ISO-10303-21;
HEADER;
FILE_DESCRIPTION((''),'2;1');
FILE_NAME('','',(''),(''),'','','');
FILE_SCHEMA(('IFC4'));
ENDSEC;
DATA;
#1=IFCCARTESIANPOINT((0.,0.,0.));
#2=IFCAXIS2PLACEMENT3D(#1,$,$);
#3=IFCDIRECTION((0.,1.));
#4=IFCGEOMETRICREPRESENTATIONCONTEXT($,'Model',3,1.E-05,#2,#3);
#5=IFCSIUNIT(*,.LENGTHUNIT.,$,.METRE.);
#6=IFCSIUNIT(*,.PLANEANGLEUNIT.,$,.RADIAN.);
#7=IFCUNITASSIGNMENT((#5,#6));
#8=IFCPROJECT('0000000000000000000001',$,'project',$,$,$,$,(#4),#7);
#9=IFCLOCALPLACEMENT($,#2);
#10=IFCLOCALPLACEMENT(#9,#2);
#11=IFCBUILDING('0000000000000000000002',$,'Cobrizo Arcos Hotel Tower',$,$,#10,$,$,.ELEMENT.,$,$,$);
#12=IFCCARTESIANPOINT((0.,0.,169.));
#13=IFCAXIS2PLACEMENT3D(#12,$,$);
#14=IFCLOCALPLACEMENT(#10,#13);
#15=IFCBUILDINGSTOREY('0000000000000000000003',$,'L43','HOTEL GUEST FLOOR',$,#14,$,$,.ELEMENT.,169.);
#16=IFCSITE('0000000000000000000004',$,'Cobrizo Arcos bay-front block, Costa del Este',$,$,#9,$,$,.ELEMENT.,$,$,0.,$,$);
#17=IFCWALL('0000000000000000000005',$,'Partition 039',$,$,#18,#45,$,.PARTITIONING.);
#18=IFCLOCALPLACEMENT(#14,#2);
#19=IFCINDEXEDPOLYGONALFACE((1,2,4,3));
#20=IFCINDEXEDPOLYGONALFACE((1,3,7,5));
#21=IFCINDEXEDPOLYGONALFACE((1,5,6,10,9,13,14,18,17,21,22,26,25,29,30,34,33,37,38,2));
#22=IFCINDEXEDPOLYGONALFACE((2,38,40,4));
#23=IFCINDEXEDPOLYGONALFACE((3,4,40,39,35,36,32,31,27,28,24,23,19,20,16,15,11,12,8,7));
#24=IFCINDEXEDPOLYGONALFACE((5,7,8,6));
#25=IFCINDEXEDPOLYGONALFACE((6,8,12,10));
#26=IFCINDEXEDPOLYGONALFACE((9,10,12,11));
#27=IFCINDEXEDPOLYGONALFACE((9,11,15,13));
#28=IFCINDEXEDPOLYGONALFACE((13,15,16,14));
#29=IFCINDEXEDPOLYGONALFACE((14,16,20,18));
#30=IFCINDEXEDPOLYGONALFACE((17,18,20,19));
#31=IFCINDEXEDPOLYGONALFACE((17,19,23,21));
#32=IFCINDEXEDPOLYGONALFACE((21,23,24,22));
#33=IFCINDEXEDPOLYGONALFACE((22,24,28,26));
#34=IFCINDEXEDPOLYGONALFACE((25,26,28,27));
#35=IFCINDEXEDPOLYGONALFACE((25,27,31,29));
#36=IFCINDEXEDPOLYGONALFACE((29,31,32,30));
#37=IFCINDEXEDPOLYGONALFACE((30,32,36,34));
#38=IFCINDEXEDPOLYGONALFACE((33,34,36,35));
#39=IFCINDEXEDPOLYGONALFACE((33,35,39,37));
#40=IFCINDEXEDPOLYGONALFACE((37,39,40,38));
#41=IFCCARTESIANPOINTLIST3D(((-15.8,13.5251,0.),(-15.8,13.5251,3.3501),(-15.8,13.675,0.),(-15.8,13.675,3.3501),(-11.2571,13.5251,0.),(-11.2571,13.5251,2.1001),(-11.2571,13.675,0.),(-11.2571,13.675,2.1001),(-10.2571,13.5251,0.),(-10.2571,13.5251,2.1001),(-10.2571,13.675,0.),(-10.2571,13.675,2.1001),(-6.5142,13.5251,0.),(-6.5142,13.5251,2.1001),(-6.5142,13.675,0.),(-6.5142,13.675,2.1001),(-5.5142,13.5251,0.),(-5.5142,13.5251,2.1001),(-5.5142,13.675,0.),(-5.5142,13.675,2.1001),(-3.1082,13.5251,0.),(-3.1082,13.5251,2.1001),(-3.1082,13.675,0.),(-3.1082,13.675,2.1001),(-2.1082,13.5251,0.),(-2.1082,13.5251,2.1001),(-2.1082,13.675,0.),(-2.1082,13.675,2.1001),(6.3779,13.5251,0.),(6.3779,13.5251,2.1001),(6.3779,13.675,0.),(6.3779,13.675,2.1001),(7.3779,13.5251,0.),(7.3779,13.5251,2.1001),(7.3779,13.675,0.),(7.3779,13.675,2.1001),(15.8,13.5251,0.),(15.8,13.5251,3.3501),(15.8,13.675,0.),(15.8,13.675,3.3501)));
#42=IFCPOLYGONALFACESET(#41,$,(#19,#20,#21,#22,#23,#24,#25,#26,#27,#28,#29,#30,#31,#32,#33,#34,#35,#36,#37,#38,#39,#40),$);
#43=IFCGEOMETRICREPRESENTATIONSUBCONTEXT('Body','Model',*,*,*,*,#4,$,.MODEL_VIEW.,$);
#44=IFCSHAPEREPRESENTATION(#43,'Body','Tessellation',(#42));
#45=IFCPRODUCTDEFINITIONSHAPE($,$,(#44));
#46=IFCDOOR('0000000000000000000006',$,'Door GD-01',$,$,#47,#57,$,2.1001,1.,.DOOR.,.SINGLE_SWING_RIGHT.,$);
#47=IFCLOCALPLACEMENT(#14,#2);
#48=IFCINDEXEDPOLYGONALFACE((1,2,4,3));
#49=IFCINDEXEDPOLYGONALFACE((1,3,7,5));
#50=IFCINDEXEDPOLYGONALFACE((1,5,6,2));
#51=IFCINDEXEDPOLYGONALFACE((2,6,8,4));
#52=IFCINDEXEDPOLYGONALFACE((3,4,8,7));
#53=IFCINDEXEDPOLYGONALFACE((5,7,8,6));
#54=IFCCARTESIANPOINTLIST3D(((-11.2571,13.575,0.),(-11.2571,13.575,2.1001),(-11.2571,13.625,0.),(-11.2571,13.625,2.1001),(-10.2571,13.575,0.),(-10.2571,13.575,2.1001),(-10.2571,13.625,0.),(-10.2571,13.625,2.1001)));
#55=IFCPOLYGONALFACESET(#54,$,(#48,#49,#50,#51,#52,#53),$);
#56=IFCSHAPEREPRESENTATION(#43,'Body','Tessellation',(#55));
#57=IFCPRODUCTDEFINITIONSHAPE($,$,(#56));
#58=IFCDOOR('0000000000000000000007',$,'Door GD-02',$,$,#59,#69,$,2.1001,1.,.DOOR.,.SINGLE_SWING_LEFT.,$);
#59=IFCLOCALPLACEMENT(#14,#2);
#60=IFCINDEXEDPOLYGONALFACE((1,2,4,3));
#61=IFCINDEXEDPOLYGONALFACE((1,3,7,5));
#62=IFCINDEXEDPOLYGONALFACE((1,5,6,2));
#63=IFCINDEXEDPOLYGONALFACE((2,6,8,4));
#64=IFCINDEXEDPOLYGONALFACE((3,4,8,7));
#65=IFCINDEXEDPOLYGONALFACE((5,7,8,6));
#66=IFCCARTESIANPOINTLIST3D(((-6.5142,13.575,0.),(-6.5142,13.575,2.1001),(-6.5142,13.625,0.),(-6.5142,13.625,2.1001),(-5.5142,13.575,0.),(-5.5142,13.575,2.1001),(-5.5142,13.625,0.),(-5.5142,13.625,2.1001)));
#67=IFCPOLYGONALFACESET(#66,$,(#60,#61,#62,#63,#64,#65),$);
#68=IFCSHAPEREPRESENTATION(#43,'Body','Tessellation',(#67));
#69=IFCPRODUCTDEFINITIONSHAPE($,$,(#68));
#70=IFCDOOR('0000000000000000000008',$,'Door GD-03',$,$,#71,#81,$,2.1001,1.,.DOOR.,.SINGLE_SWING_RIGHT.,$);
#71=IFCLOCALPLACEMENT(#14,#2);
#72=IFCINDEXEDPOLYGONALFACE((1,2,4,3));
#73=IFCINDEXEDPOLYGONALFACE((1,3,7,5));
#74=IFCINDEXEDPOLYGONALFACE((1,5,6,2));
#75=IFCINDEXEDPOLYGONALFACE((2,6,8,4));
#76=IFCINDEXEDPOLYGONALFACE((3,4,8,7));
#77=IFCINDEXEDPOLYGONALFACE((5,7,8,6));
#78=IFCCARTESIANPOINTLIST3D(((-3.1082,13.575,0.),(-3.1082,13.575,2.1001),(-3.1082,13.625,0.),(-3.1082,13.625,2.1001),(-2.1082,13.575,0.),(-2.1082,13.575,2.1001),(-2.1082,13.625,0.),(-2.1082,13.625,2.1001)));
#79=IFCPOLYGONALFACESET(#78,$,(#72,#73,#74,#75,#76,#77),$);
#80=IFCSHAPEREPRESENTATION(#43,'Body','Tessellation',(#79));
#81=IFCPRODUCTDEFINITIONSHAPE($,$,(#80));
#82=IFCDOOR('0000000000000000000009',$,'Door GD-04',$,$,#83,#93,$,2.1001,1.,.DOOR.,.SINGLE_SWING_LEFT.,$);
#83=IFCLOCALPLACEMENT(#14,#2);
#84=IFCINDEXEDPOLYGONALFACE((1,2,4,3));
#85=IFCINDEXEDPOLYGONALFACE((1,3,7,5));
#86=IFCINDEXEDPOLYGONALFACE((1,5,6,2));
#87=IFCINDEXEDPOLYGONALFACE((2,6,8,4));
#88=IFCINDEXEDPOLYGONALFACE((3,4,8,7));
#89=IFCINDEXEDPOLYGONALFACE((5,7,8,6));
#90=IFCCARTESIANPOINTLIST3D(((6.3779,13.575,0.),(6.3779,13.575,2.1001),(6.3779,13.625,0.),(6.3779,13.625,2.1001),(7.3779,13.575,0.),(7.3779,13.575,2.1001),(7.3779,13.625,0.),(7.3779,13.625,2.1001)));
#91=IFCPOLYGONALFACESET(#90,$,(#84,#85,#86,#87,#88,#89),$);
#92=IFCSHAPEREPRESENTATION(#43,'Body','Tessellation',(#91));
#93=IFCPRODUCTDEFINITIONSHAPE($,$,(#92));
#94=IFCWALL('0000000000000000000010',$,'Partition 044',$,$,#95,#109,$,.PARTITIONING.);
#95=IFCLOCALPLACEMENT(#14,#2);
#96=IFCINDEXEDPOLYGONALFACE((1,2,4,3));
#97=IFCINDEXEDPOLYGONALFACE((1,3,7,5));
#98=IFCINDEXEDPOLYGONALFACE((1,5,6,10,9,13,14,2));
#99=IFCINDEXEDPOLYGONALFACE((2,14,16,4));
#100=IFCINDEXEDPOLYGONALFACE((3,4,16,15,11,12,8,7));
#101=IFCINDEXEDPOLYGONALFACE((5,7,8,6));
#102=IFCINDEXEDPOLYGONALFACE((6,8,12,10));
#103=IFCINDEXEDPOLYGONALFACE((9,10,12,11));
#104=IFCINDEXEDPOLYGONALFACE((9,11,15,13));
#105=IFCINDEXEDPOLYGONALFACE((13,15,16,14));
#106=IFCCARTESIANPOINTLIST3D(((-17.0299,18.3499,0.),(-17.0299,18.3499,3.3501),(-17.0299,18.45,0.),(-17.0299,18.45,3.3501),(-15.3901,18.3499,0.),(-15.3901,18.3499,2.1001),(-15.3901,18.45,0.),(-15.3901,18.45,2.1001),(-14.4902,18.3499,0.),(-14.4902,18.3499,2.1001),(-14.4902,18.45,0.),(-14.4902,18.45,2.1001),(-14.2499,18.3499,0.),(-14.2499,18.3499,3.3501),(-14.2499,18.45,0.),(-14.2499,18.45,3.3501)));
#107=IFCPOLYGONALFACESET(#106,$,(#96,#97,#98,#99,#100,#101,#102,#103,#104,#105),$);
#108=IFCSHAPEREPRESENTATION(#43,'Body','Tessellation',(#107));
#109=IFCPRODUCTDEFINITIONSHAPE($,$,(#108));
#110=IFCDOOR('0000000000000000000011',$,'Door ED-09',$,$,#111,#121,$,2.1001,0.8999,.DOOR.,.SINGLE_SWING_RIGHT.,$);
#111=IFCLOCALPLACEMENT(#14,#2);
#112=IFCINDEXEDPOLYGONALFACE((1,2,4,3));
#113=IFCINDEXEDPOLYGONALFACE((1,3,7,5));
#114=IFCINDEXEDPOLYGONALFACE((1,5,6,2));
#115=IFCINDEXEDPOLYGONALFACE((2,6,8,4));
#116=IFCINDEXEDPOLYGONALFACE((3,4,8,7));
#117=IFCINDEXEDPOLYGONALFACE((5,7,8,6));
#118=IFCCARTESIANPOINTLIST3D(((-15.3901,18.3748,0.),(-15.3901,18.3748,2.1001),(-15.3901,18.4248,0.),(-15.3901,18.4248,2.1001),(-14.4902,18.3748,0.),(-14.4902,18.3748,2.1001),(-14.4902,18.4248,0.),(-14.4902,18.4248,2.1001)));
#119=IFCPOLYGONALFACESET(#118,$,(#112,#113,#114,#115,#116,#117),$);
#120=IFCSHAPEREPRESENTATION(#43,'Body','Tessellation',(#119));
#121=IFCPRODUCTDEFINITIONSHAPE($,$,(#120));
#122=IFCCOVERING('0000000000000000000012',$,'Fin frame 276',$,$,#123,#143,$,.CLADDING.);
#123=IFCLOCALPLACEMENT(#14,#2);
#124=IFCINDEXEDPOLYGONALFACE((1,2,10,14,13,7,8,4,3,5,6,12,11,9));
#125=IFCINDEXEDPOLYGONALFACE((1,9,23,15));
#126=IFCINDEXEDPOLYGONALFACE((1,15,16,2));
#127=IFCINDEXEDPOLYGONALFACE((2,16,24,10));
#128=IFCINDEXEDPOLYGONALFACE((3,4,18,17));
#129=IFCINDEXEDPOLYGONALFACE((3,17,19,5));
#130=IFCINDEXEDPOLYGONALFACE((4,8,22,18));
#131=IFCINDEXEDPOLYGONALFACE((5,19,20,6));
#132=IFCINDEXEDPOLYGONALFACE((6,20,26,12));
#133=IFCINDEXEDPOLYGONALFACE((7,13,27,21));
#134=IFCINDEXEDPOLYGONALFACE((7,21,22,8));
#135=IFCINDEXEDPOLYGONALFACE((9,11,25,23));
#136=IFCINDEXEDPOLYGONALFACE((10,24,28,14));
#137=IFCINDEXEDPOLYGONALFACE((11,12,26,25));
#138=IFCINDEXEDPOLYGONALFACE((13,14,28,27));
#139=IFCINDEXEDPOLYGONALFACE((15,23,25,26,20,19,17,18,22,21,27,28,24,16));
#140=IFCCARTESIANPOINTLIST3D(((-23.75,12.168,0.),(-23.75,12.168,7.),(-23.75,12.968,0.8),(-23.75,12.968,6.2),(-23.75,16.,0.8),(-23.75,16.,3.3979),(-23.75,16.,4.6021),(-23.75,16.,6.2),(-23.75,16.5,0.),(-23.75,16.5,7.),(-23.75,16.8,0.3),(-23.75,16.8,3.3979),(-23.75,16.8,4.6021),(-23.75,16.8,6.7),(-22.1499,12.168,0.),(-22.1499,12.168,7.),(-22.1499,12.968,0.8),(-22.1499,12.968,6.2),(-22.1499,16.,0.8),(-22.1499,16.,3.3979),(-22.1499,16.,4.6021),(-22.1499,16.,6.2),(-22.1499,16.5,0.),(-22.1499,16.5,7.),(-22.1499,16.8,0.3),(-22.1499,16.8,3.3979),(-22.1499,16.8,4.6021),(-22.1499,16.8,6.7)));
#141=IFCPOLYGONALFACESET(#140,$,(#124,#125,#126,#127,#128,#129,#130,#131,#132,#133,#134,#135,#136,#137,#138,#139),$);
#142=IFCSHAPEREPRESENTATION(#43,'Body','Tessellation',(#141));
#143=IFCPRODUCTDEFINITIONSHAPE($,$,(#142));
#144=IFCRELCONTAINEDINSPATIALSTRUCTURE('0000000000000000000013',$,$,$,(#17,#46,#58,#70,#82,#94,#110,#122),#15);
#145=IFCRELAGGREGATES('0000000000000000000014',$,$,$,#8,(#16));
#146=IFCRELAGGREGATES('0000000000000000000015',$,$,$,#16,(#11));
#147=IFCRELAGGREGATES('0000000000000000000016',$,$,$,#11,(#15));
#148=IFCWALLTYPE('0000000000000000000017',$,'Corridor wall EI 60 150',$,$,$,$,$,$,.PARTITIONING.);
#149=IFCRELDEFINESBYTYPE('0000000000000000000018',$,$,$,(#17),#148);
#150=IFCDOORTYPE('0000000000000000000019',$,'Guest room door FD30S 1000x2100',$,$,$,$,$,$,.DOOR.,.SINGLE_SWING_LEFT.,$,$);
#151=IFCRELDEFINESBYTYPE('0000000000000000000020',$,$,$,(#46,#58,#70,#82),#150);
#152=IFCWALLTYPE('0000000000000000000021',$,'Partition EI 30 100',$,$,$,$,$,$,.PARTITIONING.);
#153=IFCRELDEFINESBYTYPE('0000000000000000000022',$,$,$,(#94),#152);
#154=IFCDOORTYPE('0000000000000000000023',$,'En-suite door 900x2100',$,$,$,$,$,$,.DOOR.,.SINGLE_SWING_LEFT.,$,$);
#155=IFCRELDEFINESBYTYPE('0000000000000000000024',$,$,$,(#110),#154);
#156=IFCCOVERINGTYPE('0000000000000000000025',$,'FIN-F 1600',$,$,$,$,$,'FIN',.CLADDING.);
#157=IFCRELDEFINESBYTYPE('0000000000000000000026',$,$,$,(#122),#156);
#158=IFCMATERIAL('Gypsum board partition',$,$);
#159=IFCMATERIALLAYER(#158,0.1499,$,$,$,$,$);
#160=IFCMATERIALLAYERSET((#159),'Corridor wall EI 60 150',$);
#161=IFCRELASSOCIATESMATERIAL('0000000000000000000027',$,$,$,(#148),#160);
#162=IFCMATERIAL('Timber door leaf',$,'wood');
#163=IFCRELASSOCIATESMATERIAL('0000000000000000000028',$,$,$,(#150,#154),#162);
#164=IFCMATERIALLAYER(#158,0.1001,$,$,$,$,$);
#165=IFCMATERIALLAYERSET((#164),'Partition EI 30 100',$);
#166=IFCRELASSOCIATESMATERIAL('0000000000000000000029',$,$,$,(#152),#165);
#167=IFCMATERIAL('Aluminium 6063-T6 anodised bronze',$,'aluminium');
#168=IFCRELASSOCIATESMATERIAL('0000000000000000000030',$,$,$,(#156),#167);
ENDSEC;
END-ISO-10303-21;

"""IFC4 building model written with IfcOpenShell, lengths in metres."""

from ifc_helpers import new_model, si_unit, direction, frame, frame_2d, origin, place, context, subcontext, project, spatial, polyline, rectangle, outline, extrude, material, layer, layer_set, type_object, element, fill, save


model = new_model("IFC4")

# Units and contexts
model_context = context("Model", 3, precision=1e-05, world=origin(), true_north=direction((0.0, 1.0)))
body_context = subcontext(model_context, "Body", "Model", "MODEL_VIEW")
ifc_project = project(units=[si_unit("LENGTHUNIT", "METRE"), si_unit("PLANEANGLEUNIT", "RADIAN")], contexts=[model_context])

# Site, building, storey
site_placement = place(None, origin())
site = spatial("IfcSite", under=ifc_project, at=site_placement, Name="Cobrizo Arcos bay-front block, Costa del Este", CompositionType="ELEMENT", RefElevation=0.0)
building_placement = place(site_placement, origin())
building = spatial("IfcBuilding", under=site, at=building_placement, Name="Cobrizo Arcos Hotel Tower", CompositionType="ELEMENT")
storey_placement = place(building_placement, frame((0.0, 0.0, 169.0)))
storey = spatial("IfcBuildingStorey", under=building, at=storey_placement, Name="L43", Description="HOTEL GUEST FLOOR", CompositionType="ELEMENT", Elevation=169.0)

# Shared definitions
ifc_material_1 = material(Name="Aluminium 6063-T6 anodised bronze", Category="aluminium")

# Wall, openings, doors
ifc_material_2 = material(Name="Gypsum board partition")
ifc_layer_1 = layer(ifc_material_2, 0.1499)
ifc_layer_set_1 = layer_set([ifc_layer_1], Name="Corridor wall EI 60 150")
wall_type_1 = type_object("IfcWallType", Name="Corridor wall EI 60 150", PredefinedType="PARTITIONING", material=ifc_layer_set_1)
wall_1_placement = place(storey_placement, frame((-15.8, 13.6001, 0.0), z_axis=(0.0, 0.0, 1.0), x_axis=(1.0, 0.0, 0.0)))
wall_1 = element("IfcWall", 1, at=wall_1_placement, inside=storey, type_object=wall_type_1, Name="Partition 039", PredefinedType="PARTITIONING", context=body_context, shape_type="SweptSolid", body=[
    extrude(rectangle(XDim=31.6001, YDim=0.1499, at=frame_2d((15.8, 0.0))), origin(), (0.0, 0.0, 1.0), 3.3501),
])
opening_1_placement = place(wall_1_placement, frame((4.543, 0.0, 0.0)))
opening_1 = element("IfcOpeningElement", 2, at=opening_1_placement, cuts=wall_1, PredefinedType="OPENING", context=body_context, shape_type="SweptSolid", body=[
    extrude(rectangle(XDim=1.0, YDim=2.1001, at=frame_2d((0.5, 1.05))), frame((0.0, 0.0869, 0.0), z_axis=(0.0, -1.0, 0.0), x_axis=(1.0, 0.0, 0.0)), (0.0, 0.0, 1.0), 0.1738),
])
opening_2_placement = place(wall_1_placement, frame((9.2859, 0.0, 0.0)))
opening_2 = element("IfcOpeningElement", 3, at=opening_2_placement, cuts=wall_1, PredefinedType="OPENING", context=body_context, shape_type="SweptSolid", body=[
    extrude(rectangle(XDim=1.0, YDim=2.1001, at=frame_2d((0.5, 1.05))), frame((0.0, 0.0869, 0.0), z_axis=(0.0, -1.0, 0.0), x_axis=(1.0, 0.0, 0.0)), (0.0, 0.0, 1.0), 0.1738),
])
opening_3_placement = place(wall_1_placement, frame((12.6919, 0.0, 0.0)))
opening_3 = element("IfcOpeningElement", 4, at=opening_3_placement, cuts=wall_1, PredefinedType="OPENING", context=body_context, shape_type="SweptSolid", body=[
    extrude(rectangle(XDim=1.0, YDim=2.1001, at=frame_2d((0.5, 1.05))), frame((0.0, 0.0869, 0.0), z_axis=(0.0, -1.0, 0.0), x_axis=(1.0, 0.0, 0.0)), (0.0, 0.0, 1.0), 0.1738),
])
opening_4_placement = place(wall_1_placement, frame((22.178, 0.0, 0.0)))
opening_4 = element("IfcOpeningElement", 5, at=opening_4_placement, cuts=wall_1, PredefinedType="OPENING", context=body_context, shape_type="SweptSolid", body=[
    extrude(rectangle(XDim=1.0, YDim=2.1001, at=frame_2d((0.5, 1.05))), frame((0.0, 0.0869, 0.0), z_axis=(0.0, -1.0, 0.0), x_axis=(1.0, 0.0, 0.0)), (0.0, 0.0, 1.0), 0.1738),
])
ifc_material_3 = material(Name="Timber door leaf", Category="wood")
door_type_1 = type_object("IfcDoorType", Name="Guest room door FD30S 1000x2100", OperationType="SINGLE_SWING_LEFT", PredefinedType="DOOR", material=ifc_material_3)
door_1_placement = place(opening_1_placement, origin())
door_1 = element("IfcDoor", 6, at=door_1_placement, inside=storey, type_object=door_type_1, Name="Door GD-01", OperationType="SINGLE_SWING_RIGHT", OverallHeight=2.1001, OverallWidth=1.0, PredefinedType="DOOR", context=body_context, shape_type="SweptSolid", body=[
    extrude(rectangle(XDim=1.0, YDim=2.1001, at=frame_2d((0.5, 1.05))), frame((0.0, 0.0249, 0.0), z_axis=(0.0, -1.0, 0.0), x_axis=(1.0, 0.0, 0.0)), (0.0, 0.0, 1.0), 0.05),
])
fill(opening_1, door_1)
door_2_placement = place(opening_2_placement, origin())
door_2 = element("IfcDoor", 7, at=door_2_placement, inside=storey, type_object=door_type_1, Name="Door GD-02", OperationType="SINGLE_SWING_LEFT", OverallHeight=2.1001, OverallWidth=1.0, PredefinedType="DOOR", context=body_context, shape_type="SweptSolid", body=[
    extrude(rectangle(XDim=1.0, YDim=2.1001, at=frame_2d((0.5, 1.05))), frame((0.0, 0.0249, 0.0), z_axis=(0.0, -1.0, 0.0), x_axis=(1.0, 0.0, 0.0)), (0.0, 0.0, 1.0), 0.05),
])
fill(opening_2, door_2)
door_3_placement = place(opening_3_placement, origin())
door_3 = element("IfcDoor", 8, at=door_3_placement, inside=storey, type_object=door_type_1, Name="Door GD-03", OperationType="SINGLE_SWING_RIGHT", OverallHeight=2.1001, OverallWidth=1.0, PredefinedType="DOOR", context=body_context, shape_type="SweptSolid", body=[
    extrude(rectangle(XDim=1.0, YDim=2.1001, at=frame_2d((0.5, 1.05))), frame((0.0, 0.0249, 0.0), z_axis=(0.0, -1.0, 0.0), x_axis=(1.0, 0.0, 0.0)), (0.0, 0.0, 1.0), 0.05),
])
fill(opening_3, door_3)
door_4_placement = place(opening_4_placement, origin())
door_4 = element("IfcDoor", 9, at=door_4_placement, inside=storey, type_object=door_type_1, Name="Door GD-04", OperationType="SINGLE_SWING_LEFT", OverallHeight=2.1001, OverallWidth=1.0, PredefinedType="DOOR", context=body_context, shape_type="SweptSolid", body=[
    extrude(rectangle(XDim=1.0, YDim=2.1001, at=frame_2d((0.5, 1.05))), frame((0.0, 0.0249, 0.0), z_axis=(0.0, -1.0, 0.0), x_axis=(1.0, 0.0, 0.0)), (0.0, 0.0, 1.0), 0.05),
])
fill(opening_4, door_4)

# Wall, opening, door
ifc_layer_2 = layer(ifc_material_2, 0.1001)
ifc_layer_set_2 = layer_set([ifc_layer_2], Name="Partition EI 30 100")
wall_type_2 = type_object("IfcWallType", Name="Partition EI 30 100", PredefinedType="PARTITIONING", material=ifc_layer_set_2)
wall_2_placement = place(storey_placement, frame((-17.03, 18.3999, 0.0), z_axis=(0.0, 0.0, 1.0), x_axis=(1.0, 0.0, 0.0)))
wall_2 = element("IfcWall", 10, at=wall_2_placement, inside=storey, type_object=wall_type_2, Name="Partition 044", PredefinedType="PARTITIONING", context=body_context, shape_type="SweptSolid", body=[
    extrude(rectangle(XDim=2.78, YDim=0.1001, at=frame_2d((1.3901, 0.0))), origin(), (0.0, 0.0, 1.0), 3.3501),
])
opening_5_placement = place(wall_2_placement, frame((1.6399, 0.0, 0.0)))
opening_5 = element("IfcOpeningElement", 11, at=opening_5_placement, cuts=wall_2, PredefinedType="OPENING", context=body_context, shape_type="SweptSolid", body=[
    extrude(rectangle(XDim=0.8999, YDim=2.1001, at=frame_2d((0.45, 1.05))), frame((0.0, 0.062, 0.0), z_axis=(0.0, -1.0, 0.0), x_axis=(1.0, 0.0, 0.0)), (0.0, 0.0, 1.0), 0.124),
])
door_type_2 = type_object("IfcDoorType", Name="En-suite door 900x2100", OperationType="SINGLE_SWING_LEFT", PredefinedType="DOOR", material=ifc_material_3)
door_5_placement = place(opening_5_placement, origin())
door_5 = element("IfcDoor", 12, at=door_5_placement, inside=storey, type_object=door_type_2, Name="Door ED-09", OperationType="SINGLE_SWING_RIGHT", OverallHeight=2.1001, OverallWidth=0.8999, PredefinedType="DOOR", context=body_context, shape_type="SweptSolid", body=[
    extrude(rectangle(XDim=0.8999, YDim=2.1001, at=frame_2d((0.45, 1.05))), frame((0.0, 0.0249, 0.0), z_axis=(0.0, -1.0, 0.0), x_axis=(1.0, 0.0, 0.0)), (0.0, 0.0, 1.0), 0.05),
])
fill(opening_5, door_5)

# Covering
covering_type = type_object("IfcCoveringType", Name="FIN-F 1600", ElementType="FIN", PredefinedType="CLADDING", material=ifc_material_1)
covering_placement = place(storey_placement, frame((-22.1499, 16.8, 0.0), z_axis=(-1.0, 0.0, 0.0), x_axis=(0.0, -1.0, 0.0)))
element("IfcCovering", 13, at=covering_placement, inside=storey, type_object=covering_type, Name="Fin frame 276", PredefinedType="CLADDING", context=body_context, shape_type="SweptSolid", body=[
    extrude(outline(polyline([(0.0, 6.7), (0.0, 4.6021), (0.8, 4.6021), (0.8, 6.2), (3.832, 6.2), (3.832, 0.8), (0.8, 0.8), (0.8, 3.3979), (0.0, 3.3979), (0.0, 0.3), (0.3, 0.0), (4.6321, 0.0), (4.6321, 7.0), (0.3, 7.0), (0.0, 6.7)])), origin(), (0.0, 0.0, 1.0), 1.6001),
])

save(model, "model.ifc")
